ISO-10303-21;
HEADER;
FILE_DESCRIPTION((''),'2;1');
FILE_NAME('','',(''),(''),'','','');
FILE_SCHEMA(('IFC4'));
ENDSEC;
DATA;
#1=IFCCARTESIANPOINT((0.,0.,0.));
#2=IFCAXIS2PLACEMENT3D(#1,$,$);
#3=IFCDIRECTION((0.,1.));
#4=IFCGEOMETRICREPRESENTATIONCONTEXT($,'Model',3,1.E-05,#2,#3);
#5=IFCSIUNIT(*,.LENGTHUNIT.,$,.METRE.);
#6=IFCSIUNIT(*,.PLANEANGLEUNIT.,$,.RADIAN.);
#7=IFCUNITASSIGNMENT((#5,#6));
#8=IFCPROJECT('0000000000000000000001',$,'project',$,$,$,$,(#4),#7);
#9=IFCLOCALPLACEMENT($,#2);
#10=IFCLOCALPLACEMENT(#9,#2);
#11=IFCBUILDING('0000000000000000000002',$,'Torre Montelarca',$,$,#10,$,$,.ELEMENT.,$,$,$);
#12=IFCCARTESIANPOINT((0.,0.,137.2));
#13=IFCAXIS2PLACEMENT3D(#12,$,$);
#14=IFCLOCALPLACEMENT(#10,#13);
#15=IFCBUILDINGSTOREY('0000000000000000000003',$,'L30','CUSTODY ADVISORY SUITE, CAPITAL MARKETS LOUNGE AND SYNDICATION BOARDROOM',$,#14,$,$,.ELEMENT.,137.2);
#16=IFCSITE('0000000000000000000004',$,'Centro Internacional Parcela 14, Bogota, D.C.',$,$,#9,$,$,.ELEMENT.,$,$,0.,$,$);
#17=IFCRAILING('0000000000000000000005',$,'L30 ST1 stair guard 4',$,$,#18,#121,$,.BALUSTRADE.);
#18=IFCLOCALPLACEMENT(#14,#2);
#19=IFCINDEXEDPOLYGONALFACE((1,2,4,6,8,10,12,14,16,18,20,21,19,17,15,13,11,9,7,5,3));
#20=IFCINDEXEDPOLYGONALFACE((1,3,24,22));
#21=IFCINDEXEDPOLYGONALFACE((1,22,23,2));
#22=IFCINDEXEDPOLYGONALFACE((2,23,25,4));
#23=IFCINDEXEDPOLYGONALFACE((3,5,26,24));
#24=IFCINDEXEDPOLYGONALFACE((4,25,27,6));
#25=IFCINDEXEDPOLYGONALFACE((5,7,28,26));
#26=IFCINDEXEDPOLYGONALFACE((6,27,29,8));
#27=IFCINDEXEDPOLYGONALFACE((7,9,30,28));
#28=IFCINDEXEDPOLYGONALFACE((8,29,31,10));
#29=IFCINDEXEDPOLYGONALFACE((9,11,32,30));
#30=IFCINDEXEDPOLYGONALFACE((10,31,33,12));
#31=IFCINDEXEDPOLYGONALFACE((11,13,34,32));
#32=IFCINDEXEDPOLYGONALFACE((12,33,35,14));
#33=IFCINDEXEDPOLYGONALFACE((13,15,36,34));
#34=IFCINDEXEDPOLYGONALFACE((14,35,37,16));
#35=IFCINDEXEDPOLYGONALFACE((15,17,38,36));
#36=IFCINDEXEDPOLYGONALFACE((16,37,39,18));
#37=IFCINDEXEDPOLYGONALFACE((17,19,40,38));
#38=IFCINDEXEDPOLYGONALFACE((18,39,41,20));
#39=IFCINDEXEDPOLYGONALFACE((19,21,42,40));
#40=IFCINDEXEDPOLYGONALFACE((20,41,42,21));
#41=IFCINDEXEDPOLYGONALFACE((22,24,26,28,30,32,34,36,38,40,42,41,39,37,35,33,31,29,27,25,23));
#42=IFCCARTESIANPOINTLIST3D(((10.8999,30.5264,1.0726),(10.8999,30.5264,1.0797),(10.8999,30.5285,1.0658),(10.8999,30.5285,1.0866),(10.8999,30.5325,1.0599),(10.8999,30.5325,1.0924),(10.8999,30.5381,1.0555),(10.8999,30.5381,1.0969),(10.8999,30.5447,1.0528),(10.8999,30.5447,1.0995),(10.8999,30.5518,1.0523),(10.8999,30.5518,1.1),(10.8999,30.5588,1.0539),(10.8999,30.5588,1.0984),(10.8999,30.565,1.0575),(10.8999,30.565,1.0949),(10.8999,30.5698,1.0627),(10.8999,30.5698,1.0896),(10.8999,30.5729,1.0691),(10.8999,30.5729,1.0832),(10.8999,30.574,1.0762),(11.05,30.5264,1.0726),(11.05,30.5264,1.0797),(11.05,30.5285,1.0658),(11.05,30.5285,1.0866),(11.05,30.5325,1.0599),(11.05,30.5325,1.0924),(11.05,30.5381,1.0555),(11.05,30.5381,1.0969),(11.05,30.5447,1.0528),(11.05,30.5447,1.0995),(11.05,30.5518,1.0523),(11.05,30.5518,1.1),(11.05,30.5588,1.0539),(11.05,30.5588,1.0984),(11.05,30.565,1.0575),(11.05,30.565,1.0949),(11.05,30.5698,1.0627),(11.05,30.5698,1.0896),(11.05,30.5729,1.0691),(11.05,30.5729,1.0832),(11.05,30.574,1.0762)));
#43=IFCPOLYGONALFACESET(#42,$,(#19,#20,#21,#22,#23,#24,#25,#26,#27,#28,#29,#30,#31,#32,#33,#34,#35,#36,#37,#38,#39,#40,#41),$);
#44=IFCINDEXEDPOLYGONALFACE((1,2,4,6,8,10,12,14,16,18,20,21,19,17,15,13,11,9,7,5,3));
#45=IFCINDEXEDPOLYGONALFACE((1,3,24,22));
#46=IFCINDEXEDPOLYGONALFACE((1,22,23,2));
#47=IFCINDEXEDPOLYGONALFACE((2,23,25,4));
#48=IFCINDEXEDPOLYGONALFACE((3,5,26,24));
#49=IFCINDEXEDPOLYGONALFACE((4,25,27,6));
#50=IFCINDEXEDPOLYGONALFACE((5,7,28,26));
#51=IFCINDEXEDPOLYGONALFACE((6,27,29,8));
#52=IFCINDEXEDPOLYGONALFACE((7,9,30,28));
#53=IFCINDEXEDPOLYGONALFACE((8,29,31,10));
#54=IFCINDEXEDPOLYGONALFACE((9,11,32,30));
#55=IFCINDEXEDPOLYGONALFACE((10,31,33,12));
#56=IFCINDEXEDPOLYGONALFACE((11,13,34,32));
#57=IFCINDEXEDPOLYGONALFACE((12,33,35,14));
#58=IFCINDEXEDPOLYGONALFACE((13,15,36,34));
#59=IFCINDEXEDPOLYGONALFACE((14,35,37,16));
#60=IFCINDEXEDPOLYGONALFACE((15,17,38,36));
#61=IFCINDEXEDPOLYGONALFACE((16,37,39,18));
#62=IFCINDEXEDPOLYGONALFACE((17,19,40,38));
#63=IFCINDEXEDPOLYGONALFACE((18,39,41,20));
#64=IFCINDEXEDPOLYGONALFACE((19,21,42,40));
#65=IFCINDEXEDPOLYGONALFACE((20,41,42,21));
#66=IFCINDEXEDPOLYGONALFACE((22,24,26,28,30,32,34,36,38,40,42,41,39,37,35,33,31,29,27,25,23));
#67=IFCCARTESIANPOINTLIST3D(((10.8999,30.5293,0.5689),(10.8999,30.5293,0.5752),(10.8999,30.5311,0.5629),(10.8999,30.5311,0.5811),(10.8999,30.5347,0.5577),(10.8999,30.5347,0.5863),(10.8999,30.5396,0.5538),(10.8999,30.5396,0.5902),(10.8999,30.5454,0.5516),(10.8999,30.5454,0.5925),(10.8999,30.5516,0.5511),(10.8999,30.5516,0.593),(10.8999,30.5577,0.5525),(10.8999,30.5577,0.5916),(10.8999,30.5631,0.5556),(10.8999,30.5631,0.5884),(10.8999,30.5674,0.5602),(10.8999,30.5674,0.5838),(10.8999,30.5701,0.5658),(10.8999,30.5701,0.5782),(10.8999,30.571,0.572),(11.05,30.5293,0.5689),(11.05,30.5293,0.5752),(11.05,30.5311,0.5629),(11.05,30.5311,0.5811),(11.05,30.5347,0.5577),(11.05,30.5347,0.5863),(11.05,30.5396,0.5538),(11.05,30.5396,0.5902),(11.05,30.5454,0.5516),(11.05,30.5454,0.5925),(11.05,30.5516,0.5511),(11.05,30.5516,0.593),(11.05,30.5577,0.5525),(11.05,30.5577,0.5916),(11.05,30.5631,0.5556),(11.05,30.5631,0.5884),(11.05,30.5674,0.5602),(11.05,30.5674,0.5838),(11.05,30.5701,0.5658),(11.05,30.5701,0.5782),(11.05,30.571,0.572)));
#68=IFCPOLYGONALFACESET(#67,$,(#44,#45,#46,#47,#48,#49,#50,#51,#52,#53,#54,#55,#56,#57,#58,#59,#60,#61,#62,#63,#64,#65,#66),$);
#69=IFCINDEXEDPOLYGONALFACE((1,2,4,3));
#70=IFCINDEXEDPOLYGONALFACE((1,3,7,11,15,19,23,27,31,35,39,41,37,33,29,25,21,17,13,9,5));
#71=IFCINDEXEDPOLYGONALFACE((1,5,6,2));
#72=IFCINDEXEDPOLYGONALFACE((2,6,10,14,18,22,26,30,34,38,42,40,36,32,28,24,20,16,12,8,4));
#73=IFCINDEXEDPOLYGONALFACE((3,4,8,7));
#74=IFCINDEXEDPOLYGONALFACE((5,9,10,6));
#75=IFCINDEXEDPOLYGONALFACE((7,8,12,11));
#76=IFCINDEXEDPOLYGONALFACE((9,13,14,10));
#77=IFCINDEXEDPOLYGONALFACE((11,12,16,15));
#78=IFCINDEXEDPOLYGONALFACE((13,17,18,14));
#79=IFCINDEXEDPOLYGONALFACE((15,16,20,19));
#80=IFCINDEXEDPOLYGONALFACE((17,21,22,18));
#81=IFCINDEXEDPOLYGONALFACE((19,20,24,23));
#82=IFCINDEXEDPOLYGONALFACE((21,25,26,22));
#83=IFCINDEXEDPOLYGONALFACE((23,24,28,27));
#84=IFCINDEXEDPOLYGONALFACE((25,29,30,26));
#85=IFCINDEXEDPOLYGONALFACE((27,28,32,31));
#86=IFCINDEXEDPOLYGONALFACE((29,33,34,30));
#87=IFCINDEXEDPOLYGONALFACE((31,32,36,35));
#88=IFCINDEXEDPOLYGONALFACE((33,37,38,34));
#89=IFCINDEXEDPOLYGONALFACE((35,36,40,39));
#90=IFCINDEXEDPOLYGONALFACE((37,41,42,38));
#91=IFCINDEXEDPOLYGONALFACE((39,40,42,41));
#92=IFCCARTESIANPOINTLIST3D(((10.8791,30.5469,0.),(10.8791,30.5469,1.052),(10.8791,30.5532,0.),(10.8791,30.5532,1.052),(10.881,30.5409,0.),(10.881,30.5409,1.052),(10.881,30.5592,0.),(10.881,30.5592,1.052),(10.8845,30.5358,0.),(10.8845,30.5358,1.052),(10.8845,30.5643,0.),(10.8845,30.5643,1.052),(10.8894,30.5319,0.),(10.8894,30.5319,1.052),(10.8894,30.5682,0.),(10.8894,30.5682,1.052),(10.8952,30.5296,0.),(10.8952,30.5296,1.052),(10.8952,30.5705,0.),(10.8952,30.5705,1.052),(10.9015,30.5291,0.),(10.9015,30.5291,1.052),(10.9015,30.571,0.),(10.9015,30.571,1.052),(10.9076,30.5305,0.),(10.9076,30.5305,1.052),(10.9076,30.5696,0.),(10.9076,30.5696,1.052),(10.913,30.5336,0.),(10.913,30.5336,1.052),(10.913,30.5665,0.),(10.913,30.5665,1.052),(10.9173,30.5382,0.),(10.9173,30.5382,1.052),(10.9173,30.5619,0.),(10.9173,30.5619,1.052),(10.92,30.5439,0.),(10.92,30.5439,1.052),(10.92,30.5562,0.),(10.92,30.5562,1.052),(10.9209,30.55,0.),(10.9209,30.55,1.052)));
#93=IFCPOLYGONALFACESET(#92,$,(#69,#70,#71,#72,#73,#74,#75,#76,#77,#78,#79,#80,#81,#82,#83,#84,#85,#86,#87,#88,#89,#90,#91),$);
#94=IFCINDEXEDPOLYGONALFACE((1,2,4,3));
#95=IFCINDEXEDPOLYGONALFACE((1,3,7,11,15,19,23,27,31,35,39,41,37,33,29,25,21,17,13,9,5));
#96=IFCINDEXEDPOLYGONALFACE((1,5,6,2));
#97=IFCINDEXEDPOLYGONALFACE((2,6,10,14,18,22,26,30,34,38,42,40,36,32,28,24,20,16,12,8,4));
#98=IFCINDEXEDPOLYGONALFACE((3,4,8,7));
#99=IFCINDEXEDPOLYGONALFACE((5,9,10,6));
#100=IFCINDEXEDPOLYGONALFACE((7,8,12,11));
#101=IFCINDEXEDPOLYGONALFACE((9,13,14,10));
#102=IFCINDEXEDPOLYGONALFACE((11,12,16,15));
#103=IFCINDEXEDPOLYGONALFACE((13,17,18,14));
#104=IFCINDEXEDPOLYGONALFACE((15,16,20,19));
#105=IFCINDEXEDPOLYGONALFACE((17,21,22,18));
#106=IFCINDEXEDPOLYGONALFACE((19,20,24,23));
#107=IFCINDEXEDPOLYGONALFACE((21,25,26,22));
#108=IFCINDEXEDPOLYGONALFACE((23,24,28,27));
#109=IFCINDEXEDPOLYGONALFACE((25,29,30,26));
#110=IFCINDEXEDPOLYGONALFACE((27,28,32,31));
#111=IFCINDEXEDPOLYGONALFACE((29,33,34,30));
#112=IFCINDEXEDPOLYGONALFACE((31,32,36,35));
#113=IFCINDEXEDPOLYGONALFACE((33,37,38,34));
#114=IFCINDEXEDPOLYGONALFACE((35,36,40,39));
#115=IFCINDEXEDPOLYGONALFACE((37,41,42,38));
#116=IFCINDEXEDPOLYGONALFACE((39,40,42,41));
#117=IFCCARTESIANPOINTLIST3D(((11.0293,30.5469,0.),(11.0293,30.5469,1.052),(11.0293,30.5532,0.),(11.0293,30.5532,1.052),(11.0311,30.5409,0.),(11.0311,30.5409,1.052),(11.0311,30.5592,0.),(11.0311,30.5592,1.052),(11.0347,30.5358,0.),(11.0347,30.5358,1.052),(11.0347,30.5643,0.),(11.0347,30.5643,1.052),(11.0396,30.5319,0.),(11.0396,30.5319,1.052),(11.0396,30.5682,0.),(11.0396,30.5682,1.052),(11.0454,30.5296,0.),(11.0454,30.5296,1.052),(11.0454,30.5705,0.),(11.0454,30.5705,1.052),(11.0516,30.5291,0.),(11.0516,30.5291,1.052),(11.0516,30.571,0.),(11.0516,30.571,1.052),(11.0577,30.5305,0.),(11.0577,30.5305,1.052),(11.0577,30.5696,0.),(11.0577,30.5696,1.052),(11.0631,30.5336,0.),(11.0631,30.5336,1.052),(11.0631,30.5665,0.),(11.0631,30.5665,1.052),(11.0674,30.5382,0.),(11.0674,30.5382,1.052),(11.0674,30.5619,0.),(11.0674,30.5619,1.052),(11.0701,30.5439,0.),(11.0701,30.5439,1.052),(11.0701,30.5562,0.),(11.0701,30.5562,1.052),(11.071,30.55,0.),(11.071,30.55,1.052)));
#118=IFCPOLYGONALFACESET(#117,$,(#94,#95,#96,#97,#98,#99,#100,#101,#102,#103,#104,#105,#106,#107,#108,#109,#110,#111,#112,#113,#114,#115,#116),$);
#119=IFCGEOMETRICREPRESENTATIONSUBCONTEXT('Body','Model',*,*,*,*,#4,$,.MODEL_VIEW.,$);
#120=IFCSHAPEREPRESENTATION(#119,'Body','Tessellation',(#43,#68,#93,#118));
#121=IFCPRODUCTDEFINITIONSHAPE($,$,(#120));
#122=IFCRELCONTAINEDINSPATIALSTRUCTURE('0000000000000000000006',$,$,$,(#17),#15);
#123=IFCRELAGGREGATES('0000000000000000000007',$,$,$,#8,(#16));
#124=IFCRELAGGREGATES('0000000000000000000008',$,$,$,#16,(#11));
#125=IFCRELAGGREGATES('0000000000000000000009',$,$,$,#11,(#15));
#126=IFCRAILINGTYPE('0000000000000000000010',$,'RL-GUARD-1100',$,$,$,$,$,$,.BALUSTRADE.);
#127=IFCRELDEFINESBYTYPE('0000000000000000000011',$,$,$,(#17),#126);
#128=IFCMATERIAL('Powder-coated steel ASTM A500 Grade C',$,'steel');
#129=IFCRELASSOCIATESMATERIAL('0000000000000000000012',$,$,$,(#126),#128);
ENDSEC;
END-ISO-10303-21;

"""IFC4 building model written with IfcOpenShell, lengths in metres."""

from ifc_helpers import new_model, si_unit, direction, frame, origin, origin_2d, place, context, subcontext, project, spatial, circle, extrude, material, type_object, element, save


model = new_model("IFC4")

# Units and contexts
model_context = context("Model", 3, precision=1e-05, world=origin(), true_north=direction((0.0, 1.0)))
body_context = subcontext(model_context, "Body", "Model", "MODEL_VIEW")
ifc_project = project(units=[si_unit("LENGTHUNIT", "METRE"), si_unit("PLANEANGLEUNIT", "RADIAN")], contexts=[model_context])

# Site, building, storey
site_placement = place(None, origin())
site = spatial("IfcSite", under=ifc_project, at=site_placement, Name="Centro Internacional Parcela 14, Bogota, D.C.", CompositionType="ELEMENT", RefElevation=0.0)
building_placement = place(site_placement, origin())
building = spatial("IfcBuilding", under=site, at=building_placement, Name="Torre Montelarca", CompositionType="ELEMENT")
storey_placement = place(building_placement, frame((0.0, 0.0, 137.2)))
storey = spatial("IfcBuildingStorey", under=building, at=storey_placement, Name="L30", Description="CUSTODY ADVISORY SUITE, CAPITAL MARKETS LOUNGE AND SYNDICATION BOARDROOM", CompositionType="ELEMENT", Elevation=137.2)

# Railing
ifc_material_1 = material(Name="Powder-coated steel ASTM A500 Grade C", Category="steel")
railing_type = type_object("IfcRailingType", Name="RL-GUARD-1100", PredefinedType="BALUSTRADE", material=ifc_material_1)
railing_1_placement = place(storey_placement, frame((10.8999, 30.55, 0.0)))
element("IfcRailing", 1, at=railing_1_placement, inside=storey, type_object=railing_type, Name="L30 ST1 stair guard 4", PredefinedType="BALUSTRADE", context=body_context, shape_type="SweptSolid", body=[
    extrude(circle(Radius=0.0239, at=origin_2d()), frame((0.0, 0.0, 1.0762), z_axis=(1.0, 0.0, 0.0), x_axis=(0.0, 1.0, 0.0)), (0.0, 0.0, 1.0), 0.1501),
    extrude(circle(Radius=0.021, at=origin_2d()), frame((0.0, 0.0, 0.572), z_axis=(1.0, 0.0, 0.0), x_axis=(0.0, 1.0, 0.0)), (0.0, 0.0, 1.0), 0.1501),
    extrude(circle(Radius=0.021, at=origin_2d()), origin(), (0.0, 0.0, 1.0), 1.052),
    extrude(circle(Radius=0.021, at=origin_2d()), frame((0.1501, 0.0, 0.0)), (0.0, 0.0, 1.0), 1.052),
])

save(model, "model.ifc")
